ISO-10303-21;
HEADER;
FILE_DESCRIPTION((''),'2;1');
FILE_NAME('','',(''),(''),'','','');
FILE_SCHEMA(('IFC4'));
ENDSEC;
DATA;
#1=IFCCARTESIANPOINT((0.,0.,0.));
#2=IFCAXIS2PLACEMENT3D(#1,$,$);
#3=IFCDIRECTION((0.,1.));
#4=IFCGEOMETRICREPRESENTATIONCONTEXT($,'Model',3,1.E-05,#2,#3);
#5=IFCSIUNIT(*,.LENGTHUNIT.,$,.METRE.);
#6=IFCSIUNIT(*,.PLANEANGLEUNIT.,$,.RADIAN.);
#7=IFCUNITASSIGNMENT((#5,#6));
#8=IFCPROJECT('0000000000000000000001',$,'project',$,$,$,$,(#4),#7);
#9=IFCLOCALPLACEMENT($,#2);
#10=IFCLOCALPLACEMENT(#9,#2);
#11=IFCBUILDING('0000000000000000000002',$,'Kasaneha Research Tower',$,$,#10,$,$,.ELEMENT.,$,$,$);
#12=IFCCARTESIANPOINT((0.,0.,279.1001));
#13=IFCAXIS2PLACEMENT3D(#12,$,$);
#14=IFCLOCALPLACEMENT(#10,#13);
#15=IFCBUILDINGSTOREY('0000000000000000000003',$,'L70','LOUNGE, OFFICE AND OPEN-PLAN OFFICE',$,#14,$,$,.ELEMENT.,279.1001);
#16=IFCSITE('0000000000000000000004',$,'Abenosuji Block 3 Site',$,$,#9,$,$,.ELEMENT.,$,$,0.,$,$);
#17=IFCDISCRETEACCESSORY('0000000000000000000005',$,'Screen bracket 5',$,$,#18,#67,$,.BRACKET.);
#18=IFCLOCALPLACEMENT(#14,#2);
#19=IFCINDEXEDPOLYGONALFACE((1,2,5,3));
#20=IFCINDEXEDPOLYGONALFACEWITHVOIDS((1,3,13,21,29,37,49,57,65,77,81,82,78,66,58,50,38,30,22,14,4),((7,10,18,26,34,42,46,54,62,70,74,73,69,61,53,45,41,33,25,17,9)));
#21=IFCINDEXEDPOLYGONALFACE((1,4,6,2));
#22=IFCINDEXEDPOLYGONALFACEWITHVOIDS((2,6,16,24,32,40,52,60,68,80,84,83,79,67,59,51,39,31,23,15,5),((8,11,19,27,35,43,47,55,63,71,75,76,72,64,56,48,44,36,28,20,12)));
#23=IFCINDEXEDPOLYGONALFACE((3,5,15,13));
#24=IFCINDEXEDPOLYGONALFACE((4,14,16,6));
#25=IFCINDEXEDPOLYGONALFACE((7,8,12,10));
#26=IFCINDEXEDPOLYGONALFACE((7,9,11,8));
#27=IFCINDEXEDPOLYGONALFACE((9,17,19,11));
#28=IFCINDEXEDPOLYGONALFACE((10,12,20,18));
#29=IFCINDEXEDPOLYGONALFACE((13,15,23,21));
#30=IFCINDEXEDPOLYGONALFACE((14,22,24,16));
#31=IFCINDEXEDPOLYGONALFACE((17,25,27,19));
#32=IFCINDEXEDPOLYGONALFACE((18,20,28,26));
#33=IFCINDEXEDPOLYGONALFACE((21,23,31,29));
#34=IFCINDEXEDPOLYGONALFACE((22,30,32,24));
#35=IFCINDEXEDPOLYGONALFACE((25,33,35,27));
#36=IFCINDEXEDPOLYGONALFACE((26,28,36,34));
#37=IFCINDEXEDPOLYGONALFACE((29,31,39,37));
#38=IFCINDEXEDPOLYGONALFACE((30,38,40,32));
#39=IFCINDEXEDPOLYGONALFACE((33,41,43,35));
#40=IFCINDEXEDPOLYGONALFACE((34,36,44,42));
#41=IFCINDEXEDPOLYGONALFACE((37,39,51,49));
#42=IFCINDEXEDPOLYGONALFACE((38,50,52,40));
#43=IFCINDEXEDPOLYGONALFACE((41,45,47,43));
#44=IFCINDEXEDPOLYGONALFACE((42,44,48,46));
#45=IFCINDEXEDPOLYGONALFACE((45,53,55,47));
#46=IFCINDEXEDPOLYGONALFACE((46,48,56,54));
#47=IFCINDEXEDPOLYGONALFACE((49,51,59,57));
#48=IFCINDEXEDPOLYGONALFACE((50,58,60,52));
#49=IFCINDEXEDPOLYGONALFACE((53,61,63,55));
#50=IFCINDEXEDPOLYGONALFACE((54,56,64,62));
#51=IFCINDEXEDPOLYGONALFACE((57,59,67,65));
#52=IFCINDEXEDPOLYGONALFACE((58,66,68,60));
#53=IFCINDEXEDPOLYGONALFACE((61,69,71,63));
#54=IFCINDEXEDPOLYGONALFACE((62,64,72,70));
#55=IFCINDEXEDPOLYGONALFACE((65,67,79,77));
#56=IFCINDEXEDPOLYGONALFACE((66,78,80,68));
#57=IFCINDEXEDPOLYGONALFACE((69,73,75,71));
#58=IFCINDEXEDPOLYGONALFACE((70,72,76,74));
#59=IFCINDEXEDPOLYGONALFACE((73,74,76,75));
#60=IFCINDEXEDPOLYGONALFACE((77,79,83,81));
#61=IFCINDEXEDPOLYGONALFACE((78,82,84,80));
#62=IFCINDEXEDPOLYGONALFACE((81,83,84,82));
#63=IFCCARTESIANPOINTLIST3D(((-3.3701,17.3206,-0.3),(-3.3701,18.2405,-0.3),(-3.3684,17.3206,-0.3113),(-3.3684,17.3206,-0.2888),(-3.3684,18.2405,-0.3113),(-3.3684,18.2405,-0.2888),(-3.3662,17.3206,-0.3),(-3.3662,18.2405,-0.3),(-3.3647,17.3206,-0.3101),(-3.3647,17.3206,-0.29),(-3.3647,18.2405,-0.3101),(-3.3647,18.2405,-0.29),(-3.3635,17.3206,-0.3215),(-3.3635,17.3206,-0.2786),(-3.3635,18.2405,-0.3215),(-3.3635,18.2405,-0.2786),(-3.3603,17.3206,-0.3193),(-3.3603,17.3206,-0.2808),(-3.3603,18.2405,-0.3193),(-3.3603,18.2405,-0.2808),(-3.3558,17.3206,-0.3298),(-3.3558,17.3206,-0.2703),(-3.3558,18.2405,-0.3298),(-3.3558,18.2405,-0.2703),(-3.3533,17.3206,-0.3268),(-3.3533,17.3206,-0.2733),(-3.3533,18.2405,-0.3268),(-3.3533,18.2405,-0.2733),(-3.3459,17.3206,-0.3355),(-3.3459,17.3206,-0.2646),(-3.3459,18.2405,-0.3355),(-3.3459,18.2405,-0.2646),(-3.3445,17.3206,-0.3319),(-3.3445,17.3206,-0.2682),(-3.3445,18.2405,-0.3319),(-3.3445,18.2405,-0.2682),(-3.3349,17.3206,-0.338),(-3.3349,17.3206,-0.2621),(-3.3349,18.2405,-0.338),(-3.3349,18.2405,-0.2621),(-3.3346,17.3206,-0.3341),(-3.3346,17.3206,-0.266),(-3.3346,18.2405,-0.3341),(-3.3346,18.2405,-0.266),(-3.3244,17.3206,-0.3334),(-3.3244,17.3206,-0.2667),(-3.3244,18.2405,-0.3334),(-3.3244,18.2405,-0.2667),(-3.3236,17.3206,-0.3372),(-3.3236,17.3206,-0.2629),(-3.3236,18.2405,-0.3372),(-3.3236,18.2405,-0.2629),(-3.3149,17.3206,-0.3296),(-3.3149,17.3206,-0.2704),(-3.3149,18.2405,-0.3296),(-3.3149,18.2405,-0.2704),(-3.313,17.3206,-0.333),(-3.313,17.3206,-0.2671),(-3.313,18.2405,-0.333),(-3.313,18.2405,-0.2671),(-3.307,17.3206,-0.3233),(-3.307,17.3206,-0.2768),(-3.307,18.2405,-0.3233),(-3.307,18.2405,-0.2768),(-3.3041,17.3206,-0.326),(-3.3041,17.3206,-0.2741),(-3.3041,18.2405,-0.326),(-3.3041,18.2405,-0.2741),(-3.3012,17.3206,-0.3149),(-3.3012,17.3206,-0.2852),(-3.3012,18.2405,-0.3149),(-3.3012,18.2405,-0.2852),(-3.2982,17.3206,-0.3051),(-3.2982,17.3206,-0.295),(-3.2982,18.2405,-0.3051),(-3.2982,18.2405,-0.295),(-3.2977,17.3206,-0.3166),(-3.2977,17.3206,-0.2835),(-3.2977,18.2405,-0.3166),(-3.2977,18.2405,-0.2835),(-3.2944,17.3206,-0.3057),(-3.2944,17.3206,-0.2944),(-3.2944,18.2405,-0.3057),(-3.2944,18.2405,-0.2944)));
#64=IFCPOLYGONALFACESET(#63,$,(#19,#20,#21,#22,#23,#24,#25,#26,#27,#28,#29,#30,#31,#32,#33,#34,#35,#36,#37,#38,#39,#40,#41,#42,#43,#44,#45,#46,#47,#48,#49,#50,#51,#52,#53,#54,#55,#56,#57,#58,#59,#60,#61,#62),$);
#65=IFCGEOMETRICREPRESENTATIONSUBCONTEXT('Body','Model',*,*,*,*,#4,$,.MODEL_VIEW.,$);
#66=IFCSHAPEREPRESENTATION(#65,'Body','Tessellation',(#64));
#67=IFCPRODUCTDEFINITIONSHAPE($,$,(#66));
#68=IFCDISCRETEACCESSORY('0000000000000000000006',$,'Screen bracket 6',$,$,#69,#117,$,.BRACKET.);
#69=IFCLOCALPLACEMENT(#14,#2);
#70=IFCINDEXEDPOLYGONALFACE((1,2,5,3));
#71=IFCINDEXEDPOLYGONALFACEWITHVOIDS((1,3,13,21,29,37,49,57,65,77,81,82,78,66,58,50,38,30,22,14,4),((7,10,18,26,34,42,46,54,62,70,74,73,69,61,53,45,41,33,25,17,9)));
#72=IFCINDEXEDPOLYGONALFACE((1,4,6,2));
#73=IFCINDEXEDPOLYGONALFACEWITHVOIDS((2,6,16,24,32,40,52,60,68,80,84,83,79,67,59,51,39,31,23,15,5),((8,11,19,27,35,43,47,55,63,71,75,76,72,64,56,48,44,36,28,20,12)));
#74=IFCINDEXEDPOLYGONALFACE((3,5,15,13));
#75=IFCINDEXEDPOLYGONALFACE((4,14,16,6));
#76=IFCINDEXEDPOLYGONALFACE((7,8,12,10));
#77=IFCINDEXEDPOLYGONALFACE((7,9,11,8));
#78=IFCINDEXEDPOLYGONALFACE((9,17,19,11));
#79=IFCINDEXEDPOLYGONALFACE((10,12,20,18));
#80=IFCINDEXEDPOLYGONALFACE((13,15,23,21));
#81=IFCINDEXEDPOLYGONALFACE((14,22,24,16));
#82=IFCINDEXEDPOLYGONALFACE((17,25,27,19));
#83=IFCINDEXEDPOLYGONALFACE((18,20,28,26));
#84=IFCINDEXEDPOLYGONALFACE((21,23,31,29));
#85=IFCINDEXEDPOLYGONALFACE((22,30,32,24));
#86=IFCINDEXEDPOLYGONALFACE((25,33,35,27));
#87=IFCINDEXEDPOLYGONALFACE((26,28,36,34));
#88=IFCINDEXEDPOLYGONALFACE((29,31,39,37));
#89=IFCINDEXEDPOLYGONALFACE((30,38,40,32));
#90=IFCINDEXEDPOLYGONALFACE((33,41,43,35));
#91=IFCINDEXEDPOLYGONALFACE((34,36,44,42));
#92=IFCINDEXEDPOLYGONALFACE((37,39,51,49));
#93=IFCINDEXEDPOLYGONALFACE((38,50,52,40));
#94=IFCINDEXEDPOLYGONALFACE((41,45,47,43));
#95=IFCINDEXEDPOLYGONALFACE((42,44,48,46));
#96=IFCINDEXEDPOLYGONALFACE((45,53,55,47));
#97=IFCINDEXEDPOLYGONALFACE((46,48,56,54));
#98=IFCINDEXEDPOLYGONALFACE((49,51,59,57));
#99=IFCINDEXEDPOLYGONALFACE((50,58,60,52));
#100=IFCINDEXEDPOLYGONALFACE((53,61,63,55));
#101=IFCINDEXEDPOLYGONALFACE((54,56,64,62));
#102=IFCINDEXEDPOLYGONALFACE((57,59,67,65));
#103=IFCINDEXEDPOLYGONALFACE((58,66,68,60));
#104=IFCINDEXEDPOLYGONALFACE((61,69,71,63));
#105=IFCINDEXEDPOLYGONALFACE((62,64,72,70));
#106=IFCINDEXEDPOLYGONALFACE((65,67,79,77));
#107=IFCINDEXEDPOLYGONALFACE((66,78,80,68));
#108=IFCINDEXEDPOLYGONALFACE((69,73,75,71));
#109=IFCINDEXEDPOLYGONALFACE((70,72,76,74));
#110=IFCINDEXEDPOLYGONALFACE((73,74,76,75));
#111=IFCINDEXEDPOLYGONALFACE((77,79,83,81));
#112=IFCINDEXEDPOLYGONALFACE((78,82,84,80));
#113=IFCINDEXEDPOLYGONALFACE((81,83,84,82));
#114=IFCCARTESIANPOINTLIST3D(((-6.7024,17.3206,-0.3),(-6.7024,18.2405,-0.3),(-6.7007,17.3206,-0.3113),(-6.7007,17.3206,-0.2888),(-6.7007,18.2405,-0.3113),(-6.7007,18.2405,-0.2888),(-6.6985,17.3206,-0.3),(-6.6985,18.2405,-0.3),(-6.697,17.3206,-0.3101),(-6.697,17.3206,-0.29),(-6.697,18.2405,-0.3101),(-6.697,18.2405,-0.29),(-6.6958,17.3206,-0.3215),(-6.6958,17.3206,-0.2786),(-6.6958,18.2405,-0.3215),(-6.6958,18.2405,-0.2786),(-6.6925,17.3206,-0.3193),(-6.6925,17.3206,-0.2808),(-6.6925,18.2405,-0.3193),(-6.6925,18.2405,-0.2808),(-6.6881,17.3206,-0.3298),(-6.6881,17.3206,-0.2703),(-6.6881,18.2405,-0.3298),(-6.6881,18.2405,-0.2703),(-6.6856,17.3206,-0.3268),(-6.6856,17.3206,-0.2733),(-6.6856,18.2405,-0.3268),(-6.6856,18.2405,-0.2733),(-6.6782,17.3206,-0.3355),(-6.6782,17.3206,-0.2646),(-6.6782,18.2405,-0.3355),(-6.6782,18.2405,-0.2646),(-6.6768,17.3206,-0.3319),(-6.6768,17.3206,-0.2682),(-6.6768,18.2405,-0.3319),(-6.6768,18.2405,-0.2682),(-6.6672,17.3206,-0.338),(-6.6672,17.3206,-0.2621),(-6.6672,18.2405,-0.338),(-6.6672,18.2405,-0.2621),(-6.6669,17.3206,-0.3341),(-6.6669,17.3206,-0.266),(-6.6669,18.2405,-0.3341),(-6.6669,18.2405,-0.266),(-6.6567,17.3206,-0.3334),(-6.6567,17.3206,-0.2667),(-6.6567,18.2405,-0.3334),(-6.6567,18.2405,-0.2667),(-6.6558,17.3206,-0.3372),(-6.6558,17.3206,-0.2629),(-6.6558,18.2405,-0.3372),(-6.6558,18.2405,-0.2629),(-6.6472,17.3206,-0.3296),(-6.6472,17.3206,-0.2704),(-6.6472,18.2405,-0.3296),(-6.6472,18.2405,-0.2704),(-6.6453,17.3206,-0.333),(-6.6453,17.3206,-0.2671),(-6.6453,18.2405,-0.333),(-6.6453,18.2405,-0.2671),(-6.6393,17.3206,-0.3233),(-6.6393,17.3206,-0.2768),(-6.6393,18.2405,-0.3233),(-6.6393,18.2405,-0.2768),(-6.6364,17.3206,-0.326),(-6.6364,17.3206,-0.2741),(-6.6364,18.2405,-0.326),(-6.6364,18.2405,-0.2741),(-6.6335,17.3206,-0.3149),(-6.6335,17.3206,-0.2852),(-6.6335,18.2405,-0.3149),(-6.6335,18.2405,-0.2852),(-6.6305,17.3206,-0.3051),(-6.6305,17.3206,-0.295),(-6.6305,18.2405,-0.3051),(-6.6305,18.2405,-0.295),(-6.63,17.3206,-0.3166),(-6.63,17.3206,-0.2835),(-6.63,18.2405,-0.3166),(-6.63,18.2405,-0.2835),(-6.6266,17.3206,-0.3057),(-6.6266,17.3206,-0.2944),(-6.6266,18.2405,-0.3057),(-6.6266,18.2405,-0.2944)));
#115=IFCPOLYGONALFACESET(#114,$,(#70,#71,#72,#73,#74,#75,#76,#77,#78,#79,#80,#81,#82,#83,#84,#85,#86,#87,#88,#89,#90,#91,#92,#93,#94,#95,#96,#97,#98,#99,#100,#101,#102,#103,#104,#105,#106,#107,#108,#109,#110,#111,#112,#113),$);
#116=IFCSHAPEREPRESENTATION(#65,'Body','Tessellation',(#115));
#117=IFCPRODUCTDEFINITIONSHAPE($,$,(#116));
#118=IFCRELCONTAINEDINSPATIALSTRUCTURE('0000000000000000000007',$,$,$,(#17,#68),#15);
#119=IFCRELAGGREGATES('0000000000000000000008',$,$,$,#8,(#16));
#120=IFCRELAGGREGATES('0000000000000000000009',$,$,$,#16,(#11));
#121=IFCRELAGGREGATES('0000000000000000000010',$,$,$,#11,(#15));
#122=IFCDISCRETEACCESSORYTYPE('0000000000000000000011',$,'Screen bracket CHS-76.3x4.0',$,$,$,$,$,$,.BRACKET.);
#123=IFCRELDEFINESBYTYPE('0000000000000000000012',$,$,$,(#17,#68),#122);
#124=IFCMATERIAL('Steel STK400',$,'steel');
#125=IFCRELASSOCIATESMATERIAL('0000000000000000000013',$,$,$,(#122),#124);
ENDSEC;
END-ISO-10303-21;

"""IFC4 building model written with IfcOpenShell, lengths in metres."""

from ifc_helpers import new_model, si_unit, direction, frame, origin, origin_2d, place, context, subcontext, project, spatial, hollow_circle, extrude, material, material_profile, profile_set, type_object, element, save


model = new_model("IFC4")

# Units and contexts
model_context = context("Model", 3, precision=1e-05, world=origin(), true_north=direction((0.0, 1.0)))
body_context = subcontext(model_context, "Body", "Model", "MODEL_VIEW")
ifc_project = project(units=[si_unit("LENGTHUNIT", "METRE"), si_unit("PLANEANGLEUNIT", "RADIAN")], contexts=[model_context])

# Site, building, storey
site_placement = place(None, origin())
site = spatial("IfcSite", under=ifc_project, at=site_placement, Name="Abenosuji Block 3 Site", CompositionType="ELEMENT", RefElevation=0.0)
building_placement = place(site_placement, origin())
building = spatial("IfcBuilding", under=site, at=building_placement, Name="Kasaneha Research Tower", CompositionType="ELEMENT")
storey_placement = place(building_placement, frame((0.0, 0.0, 279.1001)))
storey = spatial("IfcBuildingStorey", under=building, at=storey_placement, Name="L70", Description="LOUNGE, OFFICE AND OPEN-PLAN OFFICE", CompositionType="ELEMENT", Elevation=279.1001)

# Discrete accessories
ifc_material_1 = material(Name="Steel STK400", Category="steel")
ifc_material_profile_1 = material_profile(ifc_material_1, hollow_circle(Radius=0.0381, WallThickness=0.0039, at=origin_2d()), Name="CHS-76.3x4.0")
ifc_profile_set_1 = profile_set([ifc_material_profile_1], Name="Steel STK400")
discrete_accessory_type = type_object("IfcDiscreteAccessoryType", Name="Screen bracket CHS-76.3x4.0", PredefinedType="BRACKET", material=ifc_profile_set_1)
for number, where, z_axis, x_axis, name in (
    (1, (-3.332, 17.3206, -0.3), (0.0, 1.0, 0.0), (-1.0, 0.0, 0.0), "Screen bracket 5"),
    (2, (-6.6643, 17.3206, -0.3), (0.0, 1.0, 0.0), (-1.0, 0.0, 0.0), "Screen bracket 6"),
):
    element("IfcDiscreteAccessory", number, at=place(storey_placement, frame(where, z_axis=z_axis, x_axis=x_axis)), inside=storey, type_object=discrete_accessory_type, Name=name, PredefinedType="BRACKET", context=body_context, shape_type="SweptSolid", body=[
        extrude(hollow_circle(Radius=0.0381, WallThickness=0.0039, at=origin_2d()), origin(), (0.0, 0.0, 1.0), 0.9199),
    ])

save(model, "model.ifc")
